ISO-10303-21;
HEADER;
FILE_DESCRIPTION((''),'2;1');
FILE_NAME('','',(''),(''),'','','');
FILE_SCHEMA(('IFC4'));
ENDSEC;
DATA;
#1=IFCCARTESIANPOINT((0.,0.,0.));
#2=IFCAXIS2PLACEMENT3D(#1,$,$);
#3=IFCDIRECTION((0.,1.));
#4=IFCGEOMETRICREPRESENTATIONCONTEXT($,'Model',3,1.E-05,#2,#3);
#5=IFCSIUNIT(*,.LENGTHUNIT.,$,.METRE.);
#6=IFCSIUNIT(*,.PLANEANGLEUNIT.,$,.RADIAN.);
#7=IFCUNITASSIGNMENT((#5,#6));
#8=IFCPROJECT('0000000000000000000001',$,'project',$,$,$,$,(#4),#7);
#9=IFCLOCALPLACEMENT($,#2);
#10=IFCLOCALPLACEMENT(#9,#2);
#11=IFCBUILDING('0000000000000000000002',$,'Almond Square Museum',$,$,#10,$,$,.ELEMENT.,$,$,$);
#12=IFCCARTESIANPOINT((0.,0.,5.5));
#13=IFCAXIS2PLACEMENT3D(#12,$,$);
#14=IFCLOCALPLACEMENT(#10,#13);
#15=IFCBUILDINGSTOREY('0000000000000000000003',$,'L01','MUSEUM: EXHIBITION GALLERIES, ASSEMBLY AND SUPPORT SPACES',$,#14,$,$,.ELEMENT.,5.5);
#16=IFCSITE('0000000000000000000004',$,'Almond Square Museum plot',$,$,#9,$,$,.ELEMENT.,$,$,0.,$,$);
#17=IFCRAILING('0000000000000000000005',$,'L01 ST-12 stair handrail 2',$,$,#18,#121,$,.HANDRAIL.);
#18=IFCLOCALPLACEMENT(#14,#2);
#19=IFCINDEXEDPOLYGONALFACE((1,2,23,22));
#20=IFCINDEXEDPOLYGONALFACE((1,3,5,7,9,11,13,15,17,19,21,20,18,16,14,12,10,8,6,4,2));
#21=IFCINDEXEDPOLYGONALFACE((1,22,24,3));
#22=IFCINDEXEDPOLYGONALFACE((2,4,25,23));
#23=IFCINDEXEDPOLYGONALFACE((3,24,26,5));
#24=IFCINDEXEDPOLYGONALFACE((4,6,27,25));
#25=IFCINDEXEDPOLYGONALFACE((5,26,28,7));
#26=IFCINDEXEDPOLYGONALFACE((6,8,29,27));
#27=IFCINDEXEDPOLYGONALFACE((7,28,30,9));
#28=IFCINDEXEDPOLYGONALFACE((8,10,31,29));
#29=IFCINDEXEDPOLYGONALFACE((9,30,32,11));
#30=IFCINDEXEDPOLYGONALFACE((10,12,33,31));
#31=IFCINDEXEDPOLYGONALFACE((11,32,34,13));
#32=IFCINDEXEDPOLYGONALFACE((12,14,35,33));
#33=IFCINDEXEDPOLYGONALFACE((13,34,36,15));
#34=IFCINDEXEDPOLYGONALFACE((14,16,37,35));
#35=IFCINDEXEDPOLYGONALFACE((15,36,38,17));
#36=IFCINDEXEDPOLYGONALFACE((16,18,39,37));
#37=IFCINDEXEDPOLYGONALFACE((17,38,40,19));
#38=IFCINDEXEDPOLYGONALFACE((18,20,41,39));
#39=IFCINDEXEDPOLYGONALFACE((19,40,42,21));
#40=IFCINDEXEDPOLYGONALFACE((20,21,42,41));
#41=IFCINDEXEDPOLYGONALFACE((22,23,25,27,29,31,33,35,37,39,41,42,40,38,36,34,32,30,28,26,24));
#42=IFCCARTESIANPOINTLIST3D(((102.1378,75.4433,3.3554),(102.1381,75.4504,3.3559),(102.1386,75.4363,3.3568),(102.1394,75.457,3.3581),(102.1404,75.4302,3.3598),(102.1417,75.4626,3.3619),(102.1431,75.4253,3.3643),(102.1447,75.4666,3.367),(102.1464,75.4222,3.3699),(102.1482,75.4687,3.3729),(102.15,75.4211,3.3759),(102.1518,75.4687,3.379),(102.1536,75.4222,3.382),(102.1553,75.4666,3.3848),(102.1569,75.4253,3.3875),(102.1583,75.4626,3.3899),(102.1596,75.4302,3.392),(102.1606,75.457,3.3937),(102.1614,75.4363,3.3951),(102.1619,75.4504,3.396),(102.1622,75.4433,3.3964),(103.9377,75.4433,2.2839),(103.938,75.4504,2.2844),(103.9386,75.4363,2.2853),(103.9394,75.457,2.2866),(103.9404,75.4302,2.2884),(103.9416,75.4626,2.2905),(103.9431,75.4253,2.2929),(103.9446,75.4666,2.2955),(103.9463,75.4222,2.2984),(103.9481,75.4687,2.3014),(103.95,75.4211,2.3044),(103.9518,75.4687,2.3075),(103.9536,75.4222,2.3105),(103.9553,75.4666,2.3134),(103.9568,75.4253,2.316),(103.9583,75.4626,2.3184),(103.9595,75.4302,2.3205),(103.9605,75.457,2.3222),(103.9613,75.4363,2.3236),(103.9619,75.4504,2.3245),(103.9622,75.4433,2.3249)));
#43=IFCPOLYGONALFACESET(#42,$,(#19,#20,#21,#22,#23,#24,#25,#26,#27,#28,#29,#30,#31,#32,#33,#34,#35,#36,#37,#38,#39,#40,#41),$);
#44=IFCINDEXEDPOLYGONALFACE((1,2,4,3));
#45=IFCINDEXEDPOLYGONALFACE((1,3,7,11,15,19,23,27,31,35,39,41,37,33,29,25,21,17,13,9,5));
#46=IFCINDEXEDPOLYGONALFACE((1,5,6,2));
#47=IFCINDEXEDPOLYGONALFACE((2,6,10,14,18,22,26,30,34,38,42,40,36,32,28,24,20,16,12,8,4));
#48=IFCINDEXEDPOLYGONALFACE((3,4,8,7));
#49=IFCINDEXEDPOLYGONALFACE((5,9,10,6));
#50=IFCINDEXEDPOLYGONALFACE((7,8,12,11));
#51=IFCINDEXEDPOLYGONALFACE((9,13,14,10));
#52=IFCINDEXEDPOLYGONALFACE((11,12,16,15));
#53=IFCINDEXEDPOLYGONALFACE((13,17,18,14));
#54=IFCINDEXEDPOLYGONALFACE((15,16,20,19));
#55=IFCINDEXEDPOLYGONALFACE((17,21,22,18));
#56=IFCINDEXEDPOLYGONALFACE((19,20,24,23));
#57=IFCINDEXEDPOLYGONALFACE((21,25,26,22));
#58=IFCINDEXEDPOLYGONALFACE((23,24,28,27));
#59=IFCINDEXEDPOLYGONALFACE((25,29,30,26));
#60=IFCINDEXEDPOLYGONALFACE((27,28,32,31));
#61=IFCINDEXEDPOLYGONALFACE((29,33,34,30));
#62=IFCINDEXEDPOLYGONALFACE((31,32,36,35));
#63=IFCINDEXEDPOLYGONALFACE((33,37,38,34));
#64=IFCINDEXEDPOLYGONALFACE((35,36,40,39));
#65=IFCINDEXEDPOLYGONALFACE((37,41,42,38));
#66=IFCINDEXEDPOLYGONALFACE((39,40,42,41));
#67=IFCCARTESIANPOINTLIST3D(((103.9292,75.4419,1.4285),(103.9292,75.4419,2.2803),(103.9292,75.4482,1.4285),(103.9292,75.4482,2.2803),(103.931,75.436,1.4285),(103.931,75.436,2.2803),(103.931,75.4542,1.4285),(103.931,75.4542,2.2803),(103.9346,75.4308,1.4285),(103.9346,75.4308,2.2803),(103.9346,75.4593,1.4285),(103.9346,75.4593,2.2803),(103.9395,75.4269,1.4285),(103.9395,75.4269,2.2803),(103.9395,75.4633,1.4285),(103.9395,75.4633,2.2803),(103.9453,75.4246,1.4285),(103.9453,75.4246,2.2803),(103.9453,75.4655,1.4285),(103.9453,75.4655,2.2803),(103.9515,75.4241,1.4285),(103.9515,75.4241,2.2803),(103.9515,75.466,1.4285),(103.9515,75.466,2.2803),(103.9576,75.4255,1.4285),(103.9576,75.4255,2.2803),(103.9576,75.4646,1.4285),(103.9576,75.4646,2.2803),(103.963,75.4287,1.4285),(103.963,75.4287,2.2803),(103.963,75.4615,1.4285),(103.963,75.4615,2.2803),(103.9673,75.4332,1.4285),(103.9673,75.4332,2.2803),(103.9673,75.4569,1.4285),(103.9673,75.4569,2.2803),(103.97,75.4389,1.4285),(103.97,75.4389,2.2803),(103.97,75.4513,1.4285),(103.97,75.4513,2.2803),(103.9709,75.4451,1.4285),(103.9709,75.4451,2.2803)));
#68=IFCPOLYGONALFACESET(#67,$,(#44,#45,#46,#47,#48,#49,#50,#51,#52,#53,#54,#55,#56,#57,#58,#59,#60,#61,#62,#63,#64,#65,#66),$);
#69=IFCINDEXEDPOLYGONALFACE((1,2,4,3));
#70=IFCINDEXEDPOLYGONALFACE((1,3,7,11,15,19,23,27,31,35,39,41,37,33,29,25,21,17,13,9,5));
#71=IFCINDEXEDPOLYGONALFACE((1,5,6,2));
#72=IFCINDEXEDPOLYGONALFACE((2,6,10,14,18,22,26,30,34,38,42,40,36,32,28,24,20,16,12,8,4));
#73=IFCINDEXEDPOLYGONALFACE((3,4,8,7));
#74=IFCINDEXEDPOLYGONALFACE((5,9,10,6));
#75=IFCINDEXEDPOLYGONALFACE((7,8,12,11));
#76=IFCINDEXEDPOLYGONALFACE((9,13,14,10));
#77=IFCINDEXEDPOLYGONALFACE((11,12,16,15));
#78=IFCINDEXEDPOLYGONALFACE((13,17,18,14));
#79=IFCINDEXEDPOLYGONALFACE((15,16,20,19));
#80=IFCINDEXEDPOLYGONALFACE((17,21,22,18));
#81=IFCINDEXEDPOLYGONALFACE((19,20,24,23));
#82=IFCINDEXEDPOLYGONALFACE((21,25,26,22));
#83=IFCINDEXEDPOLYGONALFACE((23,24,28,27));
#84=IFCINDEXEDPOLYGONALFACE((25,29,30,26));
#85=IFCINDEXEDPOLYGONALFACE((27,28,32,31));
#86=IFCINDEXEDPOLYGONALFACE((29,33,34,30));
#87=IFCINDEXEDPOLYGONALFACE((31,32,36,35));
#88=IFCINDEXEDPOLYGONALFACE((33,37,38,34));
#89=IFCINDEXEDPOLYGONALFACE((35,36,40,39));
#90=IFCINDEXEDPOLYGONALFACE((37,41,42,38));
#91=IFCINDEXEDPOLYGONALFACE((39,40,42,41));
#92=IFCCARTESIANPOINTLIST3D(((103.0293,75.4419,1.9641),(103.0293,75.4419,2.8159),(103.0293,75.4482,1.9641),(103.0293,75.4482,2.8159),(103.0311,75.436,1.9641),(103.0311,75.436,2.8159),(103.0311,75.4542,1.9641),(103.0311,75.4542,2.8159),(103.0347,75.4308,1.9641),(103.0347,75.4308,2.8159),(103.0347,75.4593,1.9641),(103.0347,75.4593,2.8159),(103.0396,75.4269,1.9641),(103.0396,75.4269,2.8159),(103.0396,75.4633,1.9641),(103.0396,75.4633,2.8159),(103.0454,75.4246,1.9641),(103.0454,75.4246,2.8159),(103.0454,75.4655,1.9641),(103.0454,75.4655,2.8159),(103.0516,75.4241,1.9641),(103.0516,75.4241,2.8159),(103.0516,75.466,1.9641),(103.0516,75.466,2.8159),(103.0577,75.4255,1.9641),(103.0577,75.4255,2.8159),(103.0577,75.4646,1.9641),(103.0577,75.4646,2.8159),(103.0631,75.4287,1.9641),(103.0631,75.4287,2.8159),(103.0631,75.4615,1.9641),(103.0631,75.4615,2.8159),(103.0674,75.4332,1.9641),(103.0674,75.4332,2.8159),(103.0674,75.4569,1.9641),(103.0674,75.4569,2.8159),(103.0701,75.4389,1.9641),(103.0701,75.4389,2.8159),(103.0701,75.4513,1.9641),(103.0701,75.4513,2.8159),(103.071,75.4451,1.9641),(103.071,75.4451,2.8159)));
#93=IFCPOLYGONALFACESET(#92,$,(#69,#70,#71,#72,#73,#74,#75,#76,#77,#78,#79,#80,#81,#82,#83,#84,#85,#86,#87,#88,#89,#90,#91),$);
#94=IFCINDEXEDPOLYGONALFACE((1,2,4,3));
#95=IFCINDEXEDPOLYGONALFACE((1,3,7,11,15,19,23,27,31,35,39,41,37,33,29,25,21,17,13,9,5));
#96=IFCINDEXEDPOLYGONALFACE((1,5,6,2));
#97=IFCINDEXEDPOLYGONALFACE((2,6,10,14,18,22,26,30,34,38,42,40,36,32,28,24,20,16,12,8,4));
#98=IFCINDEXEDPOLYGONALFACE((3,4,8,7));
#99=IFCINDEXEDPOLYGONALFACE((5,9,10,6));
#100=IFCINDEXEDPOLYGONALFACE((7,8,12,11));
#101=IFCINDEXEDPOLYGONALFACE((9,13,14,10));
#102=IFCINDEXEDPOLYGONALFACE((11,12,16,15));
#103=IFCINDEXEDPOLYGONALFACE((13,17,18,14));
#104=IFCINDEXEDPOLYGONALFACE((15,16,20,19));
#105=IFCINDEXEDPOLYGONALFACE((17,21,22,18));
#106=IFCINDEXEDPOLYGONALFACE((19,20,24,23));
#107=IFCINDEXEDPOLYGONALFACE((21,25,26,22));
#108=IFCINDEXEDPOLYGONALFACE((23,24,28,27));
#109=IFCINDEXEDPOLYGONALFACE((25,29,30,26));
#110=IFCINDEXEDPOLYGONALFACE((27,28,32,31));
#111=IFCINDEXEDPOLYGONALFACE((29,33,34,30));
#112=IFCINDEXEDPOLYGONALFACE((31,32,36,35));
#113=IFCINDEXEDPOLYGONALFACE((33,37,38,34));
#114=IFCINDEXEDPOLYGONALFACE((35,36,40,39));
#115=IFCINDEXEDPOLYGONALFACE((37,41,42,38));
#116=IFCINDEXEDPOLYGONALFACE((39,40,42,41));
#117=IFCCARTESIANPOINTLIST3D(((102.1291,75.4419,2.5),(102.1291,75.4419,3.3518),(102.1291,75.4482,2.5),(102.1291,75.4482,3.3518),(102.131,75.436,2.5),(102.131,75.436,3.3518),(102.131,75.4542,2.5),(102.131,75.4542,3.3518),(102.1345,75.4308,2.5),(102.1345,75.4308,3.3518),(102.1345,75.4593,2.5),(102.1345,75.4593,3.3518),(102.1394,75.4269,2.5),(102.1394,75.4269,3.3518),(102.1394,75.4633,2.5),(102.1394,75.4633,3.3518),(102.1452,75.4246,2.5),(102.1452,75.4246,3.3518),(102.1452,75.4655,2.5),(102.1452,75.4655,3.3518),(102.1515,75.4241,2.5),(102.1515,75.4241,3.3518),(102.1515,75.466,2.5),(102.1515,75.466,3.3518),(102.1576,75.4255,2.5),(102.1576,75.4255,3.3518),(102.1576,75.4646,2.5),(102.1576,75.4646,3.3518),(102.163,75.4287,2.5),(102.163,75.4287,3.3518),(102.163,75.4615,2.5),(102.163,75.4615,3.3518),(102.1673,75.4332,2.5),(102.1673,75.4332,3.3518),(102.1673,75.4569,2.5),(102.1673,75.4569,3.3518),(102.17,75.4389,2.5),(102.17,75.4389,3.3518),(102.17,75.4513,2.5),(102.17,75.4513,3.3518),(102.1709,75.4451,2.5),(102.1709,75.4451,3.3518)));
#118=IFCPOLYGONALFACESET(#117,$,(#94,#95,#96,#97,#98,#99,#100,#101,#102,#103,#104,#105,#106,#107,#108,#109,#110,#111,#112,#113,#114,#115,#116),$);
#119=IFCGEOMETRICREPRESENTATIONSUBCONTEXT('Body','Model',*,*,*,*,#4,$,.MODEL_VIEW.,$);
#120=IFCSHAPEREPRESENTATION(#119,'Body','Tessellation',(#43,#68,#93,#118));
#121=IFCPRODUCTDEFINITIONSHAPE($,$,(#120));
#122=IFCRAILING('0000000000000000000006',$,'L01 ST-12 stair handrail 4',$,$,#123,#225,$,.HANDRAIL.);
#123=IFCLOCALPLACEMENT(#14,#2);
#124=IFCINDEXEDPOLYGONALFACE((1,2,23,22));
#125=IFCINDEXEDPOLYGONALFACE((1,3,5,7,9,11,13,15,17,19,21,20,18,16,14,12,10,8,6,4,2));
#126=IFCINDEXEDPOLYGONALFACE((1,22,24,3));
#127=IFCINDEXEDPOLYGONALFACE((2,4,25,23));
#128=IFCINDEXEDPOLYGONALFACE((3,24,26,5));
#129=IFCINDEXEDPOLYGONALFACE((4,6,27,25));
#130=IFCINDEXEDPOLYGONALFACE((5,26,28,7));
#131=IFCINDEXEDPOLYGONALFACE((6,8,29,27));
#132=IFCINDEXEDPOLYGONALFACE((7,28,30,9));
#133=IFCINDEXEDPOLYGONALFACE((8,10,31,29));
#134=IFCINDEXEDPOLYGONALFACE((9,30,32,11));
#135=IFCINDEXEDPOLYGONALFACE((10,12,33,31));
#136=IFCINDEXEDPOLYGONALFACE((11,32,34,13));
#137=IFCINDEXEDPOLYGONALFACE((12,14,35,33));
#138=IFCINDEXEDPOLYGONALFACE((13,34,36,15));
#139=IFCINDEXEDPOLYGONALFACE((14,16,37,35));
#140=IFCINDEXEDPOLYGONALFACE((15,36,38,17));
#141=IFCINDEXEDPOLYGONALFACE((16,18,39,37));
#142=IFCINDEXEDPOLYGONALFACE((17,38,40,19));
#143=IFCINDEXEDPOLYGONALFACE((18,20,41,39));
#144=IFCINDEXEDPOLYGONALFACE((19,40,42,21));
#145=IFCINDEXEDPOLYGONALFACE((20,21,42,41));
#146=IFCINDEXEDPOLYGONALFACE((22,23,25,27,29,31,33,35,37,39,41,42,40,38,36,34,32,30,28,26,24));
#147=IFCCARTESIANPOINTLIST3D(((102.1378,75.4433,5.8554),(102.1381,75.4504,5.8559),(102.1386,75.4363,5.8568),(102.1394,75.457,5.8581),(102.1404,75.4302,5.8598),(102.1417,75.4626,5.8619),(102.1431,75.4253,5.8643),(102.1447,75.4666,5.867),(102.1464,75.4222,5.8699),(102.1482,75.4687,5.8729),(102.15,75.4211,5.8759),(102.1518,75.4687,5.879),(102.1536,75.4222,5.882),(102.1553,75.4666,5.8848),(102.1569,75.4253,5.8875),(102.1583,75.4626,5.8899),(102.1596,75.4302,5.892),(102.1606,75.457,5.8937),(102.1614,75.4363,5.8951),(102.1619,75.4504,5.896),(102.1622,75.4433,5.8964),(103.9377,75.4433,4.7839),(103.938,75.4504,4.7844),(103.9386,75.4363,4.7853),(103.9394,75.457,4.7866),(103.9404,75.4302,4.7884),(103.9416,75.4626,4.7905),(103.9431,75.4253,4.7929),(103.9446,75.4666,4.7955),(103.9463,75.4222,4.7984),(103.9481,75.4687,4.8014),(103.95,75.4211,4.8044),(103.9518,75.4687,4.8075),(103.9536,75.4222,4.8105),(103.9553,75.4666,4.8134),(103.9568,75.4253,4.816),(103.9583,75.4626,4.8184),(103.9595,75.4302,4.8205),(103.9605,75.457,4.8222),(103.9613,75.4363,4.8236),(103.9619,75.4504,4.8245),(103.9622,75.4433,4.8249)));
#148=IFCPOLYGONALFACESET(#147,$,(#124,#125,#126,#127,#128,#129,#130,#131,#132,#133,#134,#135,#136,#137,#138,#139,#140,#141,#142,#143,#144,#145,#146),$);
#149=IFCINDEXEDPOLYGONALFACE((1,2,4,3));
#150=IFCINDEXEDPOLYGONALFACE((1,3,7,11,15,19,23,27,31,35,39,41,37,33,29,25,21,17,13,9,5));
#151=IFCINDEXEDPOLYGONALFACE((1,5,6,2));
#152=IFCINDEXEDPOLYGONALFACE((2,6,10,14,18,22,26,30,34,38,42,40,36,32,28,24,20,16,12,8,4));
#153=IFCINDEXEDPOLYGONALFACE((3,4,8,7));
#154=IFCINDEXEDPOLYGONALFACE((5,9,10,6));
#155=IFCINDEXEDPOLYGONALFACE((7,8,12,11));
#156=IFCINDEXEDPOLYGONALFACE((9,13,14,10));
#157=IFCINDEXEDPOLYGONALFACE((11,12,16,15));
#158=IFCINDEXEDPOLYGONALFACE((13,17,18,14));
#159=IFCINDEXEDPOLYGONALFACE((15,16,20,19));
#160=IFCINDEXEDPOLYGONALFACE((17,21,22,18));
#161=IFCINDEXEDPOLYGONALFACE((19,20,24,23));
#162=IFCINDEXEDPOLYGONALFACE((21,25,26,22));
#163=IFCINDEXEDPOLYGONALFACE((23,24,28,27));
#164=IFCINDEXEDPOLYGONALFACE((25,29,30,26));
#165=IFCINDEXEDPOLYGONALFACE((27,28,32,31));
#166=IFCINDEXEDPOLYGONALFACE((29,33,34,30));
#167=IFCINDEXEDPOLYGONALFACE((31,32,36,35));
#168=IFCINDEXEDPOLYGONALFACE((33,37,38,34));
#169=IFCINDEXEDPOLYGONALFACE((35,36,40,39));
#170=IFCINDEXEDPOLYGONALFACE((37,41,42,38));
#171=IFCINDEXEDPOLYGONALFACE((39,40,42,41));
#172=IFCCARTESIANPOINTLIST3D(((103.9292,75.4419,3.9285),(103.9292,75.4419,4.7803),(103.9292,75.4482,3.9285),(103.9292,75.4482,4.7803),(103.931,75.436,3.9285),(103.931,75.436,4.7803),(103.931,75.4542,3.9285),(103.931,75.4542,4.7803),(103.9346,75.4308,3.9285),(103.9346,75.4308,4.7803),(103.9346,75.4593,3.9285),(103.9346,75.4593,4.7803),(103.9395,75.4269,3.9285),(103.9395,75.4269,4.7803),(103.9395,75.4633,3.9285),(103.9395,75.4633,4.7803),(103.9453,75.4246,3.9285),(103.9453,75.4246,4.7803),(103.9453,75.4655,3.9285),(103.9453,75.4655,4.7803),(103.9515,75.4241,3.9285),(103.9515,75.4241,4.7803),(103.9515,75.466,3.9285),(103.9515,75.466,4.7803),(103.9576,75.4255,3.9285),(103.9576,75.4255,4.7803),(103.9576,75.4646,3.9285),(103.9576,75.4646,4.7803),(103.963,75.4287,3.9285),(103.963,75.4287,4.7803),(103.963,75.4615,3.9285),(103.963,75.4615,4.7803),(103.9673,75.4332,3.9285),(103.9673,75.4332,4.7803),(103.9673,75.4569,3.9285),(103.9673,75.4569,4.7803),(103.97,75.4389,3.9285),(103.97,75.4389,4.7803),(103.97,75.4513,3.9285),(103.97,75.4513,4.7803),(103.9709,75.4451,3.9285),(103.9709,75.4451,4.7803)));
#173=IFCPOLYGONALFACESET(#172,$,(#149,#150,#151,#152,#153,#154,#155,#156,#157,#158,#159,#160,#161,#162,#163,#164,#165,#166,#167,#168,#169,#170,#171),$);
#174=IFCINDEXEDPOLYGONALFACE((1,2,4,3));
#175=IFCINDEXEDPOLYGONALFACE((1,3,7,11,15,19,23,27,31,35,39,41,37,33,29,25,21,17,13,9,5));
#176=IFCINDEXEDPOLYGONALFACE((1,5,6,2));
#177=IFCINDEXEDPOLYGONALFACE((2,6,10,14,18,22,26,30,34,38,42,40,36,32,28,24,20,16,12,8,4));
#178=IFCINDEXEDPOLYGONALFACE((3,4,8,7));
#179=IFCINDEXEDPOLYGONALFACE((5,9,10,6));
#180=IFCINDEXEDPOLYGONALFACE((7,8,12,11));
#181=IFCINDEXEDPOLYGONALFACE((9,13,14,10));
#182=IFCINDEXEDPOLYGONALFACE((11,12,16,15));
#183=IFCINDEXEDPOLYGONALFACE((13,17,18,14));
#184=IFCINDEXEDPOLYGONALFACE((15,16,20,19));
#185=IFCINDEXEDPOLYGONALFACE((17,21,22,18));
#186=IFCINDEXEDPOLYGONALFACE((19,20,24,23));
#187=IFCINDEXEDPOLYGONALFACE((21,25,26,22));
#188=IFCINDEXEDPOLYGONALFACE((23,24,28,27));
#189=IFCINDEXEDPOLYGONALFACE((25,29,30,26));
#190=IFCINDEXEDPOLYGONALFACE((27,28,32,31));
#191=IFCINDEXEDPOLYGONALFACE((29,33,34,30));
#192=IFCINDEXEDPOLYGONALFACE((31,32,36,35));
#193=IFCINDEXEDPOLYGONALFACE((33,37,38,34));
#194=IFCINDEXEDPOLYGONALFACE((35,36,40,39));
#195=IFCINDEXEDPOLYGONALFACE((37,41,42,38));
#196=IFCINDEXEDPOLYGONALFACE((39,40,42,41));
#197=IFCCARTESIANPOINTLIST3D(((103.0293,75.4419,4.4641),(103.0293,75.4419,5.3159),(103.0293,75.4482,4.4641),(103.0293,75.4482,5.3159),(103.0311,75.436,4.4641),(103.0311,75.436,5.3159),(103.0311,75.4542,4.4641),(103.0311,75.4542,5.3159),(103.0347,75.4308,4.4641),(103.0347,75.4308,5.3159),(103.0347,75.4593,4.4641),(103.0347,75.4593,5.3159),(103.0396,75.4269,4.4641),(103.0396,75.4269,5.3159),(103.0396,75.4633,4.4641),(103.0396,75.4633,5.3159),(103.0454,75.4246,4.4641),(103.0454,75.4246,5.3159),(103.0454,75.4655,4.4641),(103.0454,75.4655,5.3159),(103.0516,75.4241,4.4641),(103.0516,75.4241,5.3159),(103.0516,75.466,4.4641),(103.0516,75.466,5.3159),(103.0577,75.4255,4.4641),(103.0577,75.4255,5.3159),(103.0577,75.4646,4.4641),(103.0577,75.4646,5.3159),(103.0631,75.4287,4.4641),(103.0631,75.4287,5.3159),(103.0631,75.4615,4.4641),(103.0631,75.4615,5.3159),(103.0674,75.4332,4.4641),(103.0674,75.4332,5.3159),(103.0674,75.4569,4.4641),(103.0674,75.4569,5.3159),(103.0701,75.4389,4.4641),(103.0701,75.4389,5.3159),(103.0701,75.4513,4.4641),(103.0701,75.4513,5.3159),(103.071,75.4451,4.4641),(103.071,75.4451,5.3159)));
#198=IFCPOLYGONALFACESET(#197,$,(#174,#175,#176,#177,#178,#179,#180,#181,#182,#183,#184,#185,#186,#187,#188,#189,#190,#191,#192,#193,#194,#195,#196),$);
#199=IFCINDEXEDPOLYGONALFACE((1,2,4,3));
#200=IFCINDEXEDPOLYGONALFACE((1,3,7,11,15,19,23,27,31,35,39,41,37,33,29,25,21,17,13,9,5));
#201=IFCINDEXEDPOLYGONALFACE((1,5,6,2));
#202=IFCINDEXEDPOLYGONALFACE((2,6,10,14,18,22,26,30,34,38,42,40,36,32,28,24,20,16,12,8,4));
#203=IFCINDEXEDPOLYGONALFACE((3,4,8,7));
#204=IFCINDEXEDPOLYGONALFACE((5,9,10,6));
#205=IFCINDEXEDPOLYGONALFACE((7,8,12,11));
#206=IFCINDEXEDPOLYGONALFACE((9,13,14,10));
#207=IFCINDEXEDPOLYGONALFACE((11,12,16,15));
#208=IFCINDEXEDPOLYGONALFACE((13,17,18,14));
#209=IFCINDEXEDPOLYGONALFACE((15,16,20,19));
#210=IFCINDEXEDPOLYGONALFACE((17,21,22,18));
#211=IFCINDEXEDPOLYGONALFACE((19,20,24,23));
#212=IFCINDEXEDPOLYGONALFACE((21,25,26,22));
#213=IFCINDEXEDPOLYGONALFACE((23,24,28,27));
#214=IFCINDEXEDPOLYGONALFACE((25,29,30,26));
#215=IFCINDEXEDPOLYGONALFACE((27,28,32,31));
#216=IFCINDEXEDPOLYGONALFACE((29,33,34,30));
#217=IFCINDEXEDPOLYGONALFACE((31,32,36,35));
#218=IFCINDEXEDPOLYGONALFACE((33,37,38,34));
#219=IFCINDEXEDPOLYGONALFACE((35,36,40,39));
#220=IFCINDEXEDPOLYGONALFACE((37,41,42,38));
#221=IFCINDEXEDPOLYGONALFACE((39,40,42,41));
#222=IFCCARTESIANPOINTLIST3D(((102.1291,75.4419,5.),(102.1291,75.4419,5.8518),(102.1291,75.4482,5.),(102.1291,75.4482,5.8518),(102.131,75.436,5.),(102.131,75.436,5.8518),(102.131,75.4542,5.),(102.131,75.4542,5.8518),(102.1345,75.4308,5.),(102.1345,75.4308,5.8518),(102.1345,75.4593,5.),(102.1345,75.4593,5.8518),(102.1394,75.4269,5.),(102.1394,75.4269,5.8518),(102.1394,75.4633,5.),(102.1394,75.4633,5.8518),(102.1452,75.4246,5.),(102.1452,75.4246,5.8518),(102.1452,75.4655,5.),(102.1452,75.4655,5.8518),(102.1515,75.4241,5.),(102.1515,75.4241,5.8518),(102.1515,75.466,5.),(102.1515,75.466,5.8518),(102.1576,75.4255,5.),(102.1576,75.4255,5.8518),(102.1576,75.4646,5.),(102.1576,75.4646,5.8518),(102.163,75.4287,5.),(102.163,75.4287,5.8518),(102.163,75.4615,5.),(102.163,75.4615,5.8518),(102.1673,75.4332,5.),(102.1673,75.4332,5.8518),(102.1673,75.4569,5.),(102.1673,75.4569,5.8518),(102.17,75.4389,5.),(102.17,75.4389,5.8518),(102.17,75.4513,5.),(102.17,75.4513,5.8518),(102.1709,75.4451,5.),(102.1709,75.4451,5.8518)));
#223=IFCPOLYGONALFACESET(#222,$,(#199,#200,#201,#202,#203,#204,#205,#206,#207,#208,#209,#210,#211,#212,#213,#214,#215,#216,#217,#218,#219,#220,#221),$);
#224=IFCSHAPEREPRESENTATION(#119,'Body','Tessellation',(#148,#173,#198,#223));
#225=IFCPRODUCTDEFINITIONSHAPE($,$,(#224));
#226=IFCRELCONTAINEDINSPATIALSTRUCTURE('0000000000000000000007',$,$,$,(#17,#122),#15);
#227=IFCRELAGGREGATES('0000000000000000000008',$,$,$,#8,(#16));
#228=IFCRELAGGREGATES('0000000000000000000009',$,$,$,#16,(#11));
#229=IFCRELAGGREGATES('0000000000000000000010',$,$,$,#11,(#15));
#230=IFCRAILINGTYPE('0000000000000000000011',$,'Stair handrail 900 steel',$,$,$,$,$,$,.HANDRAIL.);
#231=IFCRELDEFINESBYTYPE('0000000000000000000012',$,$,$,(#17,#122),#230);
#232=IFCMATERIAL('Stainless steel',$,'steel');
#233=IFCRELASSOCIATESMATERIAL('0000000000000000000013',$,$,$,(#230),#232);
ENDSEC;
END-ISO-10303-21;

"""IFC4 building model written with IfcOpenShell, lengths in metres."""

from ifc_helpers import new_model, si_unit, direction, frame, origin, origin_2d, place, context, subcontext, project, spatial, circle, extrude, material, type_object, element, save


model = new_model("IFC4")

# Units and contexts
model_context = context("Model", 3, precision=1e-05, world=origin(), true_north=direction((0.0, 1.0)))
body_context = subcontext(model_context, "Body", "Model", "MODEL_VIEW")
ifc_project = project(units=[si_unit("LENGTHUNIT", "METRE"), si_unit("PLANEANGLEUNIT", "RADIAN")], contexts=[model_context])

# Site, building, storey
site_placement = place(None, origin())
site = spatial("IfcSite", under=ifc_project, at=site_placement, Name="Almond Square Museum plot", CompositionType="ELEMENT", RefElevation=0.0)
building_placement = place(site_placement, origin())
building = spatial("IfcBuilding", under=site, at=building_placement, Name="Almond Square Museum", CompositionType="ELEMENT")
storey_placement = place(building_placement, frame((0.0, 0.0, 5.5)))
storey = spatial("IfcBuildingStorey", under=building, at=storey_placement, Name="L01", Description="MUSEUM: EXHIBITION GALLERIES, ASSEMBLY AND SUPPORT SPACES", CompositionType="ELEMENT", Elevation=5.5)

# Railings
ifc_material_1 = material(Name="Stainless steel", Category="steel")
railing_type_1 = type_object("IfcRailingType", Name="Stair handrail 900 steel", PredefinedType="HANDRAIL", material=ifc_material_1)
for number, where, name in (
    (1, (103.95, 75.4451, 1.4285), "L01 ST-12 stair handrail 2"),
    (2, (103.95, 75.4451, 3.9285), "L01 ST-12 stair handrail 4"),
):
    element("IfcRailing", number, at=place(storey_placement, frame(where)), inside=storey, type_object=railing_type_1, Name=name, PredefinedType="HANDRAIL", context=body_context, shape_type="SweptSolid", body=[
        extrude(circle(Radius=0.0239, at=origin_2d()), frame((0.0, 0.0, 0.876), z_axis=(-0.859277, 0.0, 0.51151), x_axis=(0.0, -1.0, 0.0)), (0.0, 0.0, 1.0), 2.0947),
        extrude(circle(Radius=0.021, at=origin_2d()), origin(), (0.0, 0.0, 1.0), 0.8518),
        extrude(circle(Radius=0.021, at=origin_2d()), frame((-0.8999, 0.0, 0.5356)), (0.0, 0.0, 1.0), 0.8518),
        extrude(circle(Radius=0.021, at=origin_2d()), frame((-1.8, 0.0, 1.0715)), (0.0, 0.0, 1.0), 0.8518),
    ])

save(model, "model.ifc")
